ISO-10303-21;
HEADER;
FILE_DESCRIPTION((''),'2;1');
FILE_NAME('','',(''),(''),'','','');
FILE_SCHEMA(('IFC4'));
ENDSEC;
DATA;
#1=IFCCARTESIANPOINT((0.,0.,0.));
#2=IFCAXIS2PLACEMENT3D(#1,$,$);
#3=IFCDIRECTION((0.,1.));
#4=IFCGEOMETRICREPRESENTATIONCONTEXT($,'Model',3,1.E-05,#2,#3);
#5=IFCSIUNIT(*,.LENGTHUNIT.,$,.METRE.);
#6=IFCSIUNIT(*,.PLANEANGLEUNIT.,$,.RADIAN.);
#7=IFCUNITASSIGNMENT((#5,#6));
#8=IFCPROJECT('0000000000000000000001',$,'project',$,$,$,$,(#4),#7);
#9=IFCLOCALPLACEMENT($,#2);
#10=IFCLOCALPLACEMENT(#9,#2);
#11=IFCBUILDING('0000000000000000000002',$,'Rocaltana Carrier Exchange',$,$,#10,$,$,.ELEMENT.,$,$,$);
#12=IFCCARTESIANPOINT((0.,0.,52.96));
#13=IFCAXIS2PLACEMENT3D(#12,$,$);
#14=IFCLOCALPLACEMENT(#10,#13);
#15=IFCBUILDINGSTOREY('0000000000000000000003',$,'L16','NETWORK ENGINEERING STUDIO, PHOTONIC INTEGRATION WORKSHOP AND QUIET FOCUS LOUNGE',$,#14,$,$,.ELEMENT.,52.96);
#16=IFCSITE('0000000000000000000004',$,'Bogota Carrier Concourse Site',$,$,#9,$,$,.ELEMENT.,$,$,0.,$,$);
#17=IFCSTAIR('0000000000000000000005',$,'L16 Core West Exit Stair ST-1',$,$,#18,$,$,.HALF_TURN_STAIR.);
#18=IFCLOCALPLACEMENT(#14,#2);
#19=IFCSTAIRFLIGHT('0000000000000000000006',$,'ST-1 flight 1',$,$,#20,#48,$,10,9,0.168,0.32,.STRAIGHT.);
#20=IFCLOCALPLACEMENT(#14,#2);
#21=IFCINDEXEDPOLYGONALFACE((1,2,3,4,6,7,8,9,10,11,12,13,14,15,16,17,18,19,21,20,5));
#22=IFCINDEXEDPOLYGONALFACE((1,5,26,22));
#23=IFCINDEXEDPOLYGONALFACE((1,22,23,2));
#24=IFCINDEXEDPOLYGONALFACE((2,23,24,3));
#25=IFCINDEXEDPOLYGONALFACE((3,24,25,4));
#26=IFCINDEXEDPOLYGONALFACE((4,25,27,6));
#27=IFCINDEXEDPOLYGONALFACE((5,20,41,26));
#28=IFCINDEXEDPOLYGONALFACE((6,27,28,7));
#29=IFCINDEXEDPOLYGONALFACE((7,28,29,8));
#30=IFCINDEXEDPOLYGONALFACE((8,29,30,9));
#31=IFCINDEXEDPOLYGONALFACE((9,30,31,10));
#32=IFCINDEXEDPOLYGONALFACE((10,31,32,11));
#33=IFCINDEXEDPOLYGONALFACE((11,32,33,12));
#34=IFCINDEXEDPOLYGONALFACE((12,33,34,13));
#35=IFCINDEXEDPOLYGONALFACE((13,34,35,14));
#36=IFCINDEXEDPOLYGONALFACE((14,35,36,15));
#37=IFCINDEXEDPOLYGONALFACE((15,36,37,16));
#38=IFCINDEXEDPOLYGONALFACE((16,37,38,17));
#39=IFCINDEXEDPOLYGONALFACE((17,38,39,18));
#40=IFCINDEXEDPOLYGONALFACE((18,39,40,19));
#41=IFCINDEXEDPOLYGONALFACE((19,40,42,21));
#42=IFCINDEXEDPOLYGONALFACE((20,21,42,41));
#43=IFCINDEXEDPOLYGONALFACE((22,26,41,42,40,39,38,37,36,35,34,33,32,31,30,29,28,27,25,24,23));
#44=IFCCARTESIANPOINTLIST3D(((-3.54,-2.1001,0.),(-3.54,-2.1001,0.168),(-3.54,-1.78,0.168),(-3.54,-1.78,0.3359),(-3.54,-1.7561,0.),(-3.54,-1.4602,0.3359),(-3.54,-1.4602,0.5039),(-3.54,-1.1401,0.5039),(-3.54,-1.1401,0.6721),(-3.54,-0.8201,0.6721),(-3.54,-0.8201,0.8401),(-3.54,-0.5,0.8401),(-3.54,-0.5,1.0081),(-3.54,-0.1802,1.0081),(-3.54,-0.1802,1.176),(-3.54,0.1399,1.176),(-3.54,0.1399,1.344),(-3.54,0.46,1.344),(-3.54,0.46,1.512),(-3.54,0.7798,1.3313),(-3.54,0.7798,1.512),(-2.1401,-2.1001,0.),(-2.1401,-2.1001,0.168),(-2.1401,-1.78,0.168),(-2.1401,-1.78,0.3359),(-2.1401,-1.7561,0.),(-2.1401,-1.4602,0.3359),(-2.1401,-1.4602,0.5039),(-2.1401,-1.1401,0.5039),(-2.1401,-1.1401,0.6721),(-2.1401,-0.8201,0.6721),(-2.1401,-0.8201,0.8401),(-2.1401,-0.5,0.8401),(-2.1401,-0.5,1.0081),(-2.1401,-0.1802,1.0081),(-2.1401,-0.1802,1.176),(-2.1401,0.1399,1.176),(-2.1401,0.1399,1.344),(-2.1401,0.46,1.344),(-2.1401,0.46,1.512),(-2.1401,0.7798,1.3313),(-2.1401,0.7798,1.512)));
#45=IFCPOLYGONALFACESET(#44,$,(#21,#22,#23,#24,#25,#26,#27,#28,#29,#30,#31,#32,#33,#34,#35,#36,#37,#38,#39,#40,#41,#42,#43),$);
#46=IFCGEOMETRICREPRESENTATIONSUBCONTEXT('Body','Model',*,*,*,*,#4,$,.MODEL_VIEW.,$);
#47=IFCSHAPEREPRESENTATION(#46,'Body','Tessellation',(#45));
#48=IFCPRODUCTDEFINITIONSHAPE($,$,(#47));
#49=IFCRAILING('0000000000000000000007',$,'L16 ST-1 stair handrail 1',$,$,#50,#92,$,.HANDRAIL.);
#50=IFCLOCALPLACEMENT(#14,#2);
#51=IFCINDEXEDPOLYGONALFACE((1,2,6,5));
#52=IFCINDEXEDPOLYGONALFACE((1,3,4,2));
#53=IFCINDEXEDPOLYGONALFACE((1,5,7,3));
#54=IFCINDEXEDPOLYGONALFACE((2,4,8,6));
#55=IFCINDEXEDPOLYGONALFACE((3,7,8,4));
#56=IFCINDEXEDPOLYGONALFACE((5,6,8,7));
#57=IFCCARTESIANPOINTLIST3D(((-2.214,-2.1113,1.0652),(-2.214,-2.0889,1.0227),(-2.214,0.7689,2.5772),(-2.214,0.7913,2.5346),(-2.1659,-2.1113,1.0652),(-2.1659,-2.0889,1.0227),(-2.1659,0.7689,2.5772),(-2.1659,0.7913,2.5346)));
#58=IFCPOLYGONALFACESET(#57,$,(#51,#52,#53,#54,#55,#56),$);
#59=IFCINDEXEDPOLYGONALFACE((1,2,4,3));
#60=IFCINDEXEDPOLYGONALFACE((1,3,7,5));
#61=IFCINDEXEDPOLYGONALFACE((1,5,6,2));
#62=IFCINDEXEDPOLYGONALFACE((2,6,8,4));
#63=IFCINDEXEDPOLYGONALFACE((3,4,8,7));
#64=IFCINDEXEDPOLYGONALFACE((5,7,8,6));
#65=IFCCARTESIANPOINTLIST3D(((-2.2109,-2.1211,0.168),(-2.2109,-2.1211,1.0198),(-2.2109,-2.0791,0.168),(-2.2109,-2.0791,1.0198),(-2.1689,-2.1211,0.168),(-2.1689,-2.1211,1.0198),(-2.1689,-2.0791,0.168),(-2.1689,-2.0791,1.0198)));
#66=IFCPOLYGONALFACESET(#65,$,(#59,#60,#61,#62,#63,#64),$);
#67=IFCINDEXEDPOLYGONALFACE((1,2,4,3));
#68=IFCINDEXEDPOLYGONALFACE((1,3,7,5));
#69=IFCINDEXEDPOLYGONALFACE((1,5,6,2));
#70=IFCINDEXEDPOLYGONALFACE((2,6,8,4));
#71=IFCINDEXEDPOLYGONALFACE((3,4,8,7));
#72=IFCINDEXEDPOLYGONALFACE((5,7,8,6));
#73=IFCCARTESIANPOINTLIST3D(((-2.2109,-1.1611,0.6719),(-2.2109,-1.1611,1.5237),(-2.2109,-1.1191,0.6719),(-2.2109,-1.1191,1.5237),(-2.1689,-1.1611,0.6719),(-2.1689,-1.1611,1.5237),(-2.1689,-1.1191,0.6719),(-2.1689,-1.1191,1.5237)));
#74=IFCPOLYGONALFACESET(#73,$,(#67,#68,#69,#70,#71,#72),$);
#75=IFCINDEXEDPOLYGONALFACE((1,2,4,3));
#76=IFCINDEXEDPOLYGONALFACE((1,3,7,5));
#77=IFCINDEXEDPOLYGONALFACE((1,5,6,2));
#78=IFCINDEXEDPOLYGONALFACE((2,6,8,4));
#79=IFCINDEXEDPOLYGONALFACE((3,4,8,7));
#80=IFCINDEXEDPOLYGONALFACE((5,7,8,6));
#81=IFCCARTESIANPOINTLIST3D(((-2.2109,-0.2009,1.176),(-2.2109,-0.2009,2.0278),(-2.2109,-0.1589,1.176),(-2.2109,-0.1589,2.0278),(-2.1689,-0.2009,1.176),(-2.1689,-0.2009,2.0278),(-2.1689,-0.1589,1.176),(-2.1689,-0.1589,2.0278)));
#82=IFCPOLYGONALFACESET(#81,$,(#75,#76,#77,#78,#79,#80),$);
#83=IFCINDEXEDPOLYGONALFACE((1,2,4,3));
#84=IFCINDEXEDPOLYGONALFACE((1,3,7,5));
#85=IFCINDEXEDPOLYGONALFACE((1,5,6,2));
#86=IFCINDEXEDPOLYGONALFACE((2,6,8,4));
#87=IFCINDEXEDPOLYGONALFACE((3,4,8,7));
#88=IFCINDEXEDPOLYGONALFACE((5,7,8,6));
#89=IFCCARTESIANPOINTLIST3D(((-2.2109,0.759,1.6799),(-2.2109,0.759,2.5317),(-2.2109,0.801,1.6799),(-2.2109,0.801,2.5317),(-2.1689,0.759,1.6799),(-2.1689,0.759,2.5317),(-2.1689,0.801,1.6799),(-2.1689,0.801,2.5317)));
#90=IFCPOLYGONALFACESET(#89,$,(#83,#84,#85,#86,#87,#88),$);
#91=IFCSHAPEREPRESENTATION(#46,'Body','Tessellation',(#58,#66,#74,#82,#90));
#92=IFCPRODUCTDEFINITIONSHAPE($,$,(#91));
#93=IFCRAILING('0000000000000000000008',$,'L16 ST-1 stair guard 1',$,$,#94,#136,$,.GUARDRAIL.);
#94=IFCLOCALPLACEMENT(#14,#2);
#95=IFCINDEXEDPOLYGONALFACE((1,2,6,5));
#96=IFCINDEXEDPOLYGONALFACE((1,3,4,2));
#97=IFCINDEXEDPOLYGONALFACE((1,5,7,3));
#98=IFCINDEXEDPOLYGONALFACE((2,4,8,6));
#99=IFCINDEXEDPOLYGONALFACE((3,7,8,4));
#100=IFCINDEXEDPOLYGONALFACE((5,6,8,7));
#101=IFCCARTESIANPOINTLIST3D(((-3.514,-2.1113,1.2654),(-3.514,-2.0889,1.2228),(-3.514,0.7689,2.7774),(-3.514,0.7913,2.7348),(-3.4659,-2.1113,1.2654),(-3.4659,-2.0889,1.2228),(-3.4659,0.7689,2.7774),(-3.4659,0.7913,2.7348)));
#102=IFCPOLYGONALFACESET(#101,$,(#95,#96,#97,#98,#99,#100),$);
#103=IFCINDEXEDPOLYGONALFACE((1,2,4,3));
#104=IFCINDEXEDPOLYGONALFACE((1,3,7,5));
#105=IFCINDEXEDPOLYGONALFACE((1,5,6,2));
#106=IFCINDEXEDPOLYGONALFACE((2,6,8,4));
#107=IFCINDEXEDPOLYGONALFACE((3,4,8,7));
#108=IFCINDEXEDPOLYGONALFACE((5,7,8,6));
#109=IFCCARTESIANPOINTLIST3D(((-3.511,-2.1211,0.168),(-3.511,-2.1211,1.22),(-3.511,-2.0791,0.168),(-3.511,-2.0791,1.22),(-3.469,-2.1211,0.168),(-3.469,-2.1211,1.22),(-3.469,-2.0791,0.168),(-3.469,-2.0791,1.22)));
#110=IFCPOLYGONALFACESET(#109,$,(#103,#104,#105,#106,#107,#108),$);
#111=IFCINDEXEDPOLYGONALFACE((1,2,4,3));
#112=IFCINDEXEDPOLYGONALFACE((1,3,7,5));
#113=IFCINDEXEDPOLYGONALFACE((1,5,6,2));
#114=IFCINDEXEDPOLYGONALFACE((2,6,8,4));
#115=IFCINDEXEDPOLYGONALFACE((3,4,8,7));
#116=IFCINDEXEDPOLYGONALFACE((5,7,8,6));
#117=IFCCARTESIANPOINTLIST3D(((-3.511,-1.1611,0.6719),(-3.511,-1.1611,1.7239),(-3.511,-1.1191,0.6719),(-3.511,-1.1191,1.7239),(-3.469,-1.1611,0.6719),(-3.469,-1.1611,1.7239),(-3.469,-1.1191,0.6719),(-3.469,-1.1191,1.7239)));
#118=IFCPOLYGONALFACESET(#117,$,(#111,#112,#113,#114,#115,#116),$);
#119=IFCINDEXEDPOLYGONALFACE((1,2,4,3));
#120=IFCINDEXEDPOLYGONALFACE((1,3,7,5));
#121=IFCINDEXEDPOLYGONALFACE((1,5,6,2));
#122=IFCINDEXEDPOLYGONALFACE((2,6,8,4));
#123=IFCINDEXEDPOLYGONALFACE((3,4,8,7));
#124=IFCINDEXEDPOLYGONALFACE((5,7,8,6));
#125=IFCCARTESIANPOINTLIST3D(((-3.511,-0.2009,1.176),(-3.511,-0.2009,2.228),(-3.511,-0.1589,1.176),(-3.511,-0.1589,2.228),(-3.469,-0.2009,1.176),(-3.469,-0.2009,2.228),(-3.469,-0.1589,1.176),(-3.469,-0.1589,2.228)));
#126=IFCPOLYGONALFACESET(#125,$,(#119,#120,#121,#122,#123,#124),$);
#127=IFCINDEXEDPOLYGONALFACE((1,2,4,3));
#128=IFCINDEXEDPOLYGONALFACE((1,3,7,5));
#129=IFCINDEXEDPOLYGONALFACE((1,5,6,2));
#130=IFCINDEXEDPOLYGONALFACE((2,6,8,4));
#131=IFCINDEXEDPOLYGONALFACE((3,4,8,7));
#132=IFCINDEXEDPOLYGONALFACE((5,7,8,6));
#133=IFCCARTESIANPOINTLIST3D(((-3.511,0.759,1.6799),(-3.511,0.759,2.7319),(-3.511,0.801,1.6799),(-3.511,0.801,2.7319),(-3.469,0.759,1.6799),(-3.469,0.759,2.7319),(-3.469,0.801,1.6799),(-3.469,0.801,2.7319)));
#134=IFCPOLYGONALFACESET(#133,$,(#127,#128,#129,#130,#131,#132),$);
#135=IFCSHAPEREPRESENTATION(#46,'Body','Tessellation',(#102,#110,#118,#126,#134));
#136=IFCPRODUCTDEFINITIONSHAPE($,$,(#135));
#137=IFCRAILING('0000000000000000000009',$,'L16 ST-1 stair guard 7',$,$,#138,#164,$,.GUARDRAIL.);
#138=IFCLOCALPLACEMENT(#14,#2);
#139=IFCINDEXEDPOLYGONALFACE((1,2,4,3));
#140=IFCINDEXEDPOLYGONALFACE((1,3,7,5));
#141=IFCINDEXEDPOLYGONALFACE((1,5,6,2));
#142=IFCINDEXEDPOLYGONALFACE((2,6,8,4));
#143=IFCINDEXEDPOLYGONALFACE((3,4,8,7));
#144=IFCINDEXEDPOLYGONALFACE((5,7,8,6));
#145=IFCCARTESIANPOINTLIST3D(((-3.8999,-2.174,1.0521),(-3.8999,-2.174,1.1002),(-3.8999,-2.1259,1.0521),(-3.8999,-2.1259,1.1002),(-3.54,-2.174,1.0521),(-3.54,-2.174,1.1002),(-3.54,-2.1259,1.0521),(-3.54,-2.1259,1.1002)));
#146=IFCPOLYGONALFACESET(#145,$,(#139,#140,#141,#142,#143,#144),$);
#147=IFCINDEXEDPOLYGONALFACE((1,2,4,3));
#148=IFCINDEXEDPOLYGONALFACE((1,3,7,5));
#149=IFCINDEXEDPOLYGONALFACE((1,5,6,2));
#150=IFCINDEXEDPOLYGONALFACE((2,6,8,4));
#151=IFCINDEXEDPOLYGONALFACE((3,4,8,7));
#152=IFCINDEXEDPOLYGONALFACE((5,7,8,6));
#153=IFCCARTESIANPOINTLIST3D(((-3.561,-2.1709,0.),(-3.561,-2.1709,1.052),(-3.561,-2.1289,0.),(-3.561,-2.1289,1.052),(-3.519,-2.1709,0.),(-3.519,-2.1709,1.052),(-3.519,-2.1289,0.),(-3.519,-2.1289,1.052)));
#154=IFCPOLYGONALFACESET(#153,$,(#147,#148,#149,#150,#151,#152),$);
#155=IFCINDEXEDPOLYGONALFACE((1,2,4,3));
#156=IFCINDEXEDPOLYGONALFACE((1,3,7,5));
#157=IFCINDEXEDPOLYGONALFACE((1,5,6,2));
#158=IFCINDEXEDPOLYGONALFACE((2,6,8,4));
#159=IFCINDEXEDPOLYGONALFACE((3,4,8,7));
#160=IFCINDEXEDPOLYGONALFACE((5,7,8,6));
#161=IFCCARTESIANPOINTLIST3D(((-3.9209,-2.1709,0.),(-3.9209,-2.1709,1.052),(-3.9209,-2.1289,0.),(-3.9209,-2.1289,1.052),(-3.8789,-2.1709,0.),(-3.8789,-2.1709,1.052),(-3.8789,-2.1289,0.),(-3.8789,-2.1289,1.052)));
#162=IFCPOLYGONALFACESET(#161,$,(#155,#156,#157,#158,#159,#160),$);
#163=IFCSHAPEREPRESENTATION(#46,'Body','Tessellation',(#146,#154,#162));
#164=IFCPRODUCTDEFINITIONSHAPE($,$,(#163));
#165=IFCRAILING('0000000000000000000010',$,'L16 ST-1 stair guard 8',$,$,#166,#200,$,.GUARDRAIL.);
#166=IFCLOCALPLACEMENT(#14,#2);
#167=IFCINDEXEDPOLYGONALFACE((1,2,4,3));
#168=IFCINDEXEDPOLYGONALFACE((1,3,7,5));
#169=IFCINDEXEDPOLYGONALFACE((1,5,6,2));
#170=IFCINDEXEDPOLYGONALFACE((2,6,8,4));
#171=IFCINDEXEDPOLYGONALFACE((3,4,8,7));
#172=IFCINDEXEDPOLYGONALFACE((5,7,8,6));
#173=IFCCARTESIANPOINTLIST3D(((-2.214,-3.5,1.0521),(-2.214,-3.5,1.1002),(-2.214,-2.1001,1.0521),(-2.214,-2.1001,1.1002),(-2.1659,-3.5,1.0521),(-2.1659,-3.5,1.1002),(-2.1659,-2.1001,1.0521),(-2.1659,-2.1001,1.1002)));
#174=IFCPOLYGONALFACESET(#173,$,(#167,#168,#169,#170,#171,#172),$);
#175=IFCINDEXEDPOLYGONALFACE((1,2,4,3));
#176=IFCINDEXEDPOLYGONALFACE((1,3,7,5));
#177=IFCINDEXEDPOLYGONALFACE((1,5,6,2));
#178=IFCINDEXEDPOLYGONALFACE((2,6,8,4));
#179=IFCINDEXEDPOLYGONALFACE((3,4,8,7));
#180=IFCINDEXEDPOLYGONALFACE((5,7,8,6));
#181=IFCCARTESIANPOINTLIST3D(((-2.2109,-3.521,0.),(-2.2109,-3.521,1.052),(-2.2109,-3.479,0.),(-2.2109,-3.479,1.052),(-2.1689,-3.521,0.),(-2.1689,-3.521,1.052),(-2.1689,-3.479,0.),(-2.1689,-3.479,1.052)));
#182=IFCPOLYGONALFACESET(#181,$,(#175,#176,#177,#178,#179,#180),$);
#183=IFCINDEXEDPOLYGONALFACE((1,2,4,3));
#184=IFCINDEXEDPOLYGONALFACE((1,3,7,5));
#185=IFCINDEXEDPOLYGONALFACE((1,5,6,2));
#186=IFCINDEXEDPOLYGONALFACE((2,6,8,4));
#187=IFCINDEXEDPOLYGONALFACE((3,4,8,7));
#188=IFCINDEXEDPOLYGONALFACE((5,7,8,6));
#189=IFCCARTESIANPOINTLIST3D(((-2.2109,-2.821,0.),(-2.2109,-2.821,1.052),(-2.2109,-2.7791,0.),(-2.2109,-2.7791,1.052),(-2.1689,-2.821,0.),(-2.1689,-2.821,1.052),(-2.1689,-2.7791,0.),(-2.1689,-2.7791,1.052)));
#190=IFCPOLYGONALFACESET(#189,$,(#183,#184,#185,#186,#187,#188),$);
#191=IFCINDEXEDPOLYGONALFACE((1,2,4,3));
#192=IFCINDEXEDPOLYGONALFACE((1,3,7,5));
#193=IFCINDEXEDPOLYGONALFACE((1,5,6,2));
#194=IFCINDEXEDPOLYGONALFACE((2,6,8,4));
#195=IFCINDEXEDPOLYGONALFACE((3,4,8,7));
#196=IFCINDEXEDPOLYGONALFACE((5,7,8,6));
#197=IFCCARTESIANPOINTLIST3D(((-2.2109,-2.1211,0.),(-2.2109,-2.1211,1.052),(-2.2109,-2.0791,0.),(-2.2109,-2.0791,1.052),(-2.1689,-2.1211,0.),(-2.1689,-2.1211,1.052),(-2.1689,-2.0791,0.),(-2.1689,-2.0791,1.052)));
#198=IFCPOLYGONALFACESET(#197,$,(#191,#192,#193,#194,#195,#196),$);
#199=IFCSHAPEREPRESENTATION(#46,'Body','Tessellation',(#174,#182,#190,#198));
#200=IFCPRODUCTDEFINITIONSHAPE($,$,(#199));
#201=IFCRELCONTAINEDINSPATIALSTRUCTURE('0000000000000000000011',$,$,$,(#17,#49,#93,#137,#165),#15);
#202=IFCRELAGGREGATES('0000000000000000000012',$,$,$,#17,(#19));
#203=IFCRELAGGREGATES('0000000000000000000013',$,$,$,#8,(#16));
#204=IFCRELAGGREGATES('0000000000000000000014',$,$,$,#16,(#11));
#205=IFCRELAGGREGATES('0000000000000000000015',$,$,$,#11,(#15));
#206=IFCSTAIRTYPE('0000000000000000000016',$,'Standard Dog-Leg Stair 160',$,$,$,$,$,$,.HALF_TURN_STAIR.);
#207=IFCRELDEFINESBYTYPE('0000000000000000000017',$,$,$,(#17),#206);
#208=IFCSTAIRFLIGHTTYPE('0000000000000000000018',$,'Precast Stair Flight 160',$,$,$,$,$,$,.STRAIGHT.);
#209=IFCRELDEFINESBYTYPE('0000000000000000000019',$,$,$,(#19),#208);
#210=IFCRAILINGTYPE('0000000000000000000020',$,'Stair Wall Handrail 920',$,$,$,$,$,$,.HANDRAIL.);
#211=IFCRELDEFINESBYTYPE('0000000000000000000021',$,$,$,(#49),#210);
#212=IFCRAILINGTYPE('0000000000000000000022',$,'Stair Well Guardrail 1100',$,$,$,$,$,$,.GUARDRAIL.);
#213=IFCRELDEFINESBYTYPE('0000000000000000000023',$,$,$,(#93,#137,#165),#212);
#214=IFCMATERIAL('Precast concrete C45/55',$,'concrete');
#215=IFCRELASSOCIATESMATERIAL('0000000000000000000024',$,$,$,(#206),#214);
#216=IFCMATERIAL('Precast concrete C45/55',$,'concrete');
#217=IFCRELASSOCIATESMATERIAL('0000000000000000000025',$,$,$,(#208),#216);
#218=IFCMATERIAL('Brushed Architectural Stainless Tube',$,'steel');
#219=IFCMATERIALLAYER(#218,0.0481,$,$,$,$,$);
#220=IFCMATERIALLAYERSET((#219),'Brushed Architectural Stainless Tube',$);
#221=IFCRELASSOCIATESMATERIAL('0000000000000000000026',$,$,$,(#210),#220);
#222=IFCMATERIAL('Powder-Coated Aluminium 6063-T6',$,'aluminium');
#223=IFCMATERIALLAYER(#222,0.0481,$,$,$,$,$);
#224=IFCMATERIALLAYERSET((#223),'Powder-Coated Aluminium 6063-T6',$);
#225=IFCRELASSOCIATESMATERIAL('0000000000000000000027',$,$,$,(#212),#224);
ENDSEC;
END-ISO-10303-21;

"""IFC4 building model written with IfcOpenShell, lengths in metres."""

from ifc_helpers import new_model, si_unit, direction, frame, origin, origin_2d, place, context, subcontext, project, spatial, polyline, rectangle, outline, extrude, material, layer, layer_set, type_object, element, aggregate, save


model = new_model("IFC4")

# Units and contexts
model_context = context("Model", 3, precision=1e-05, world=origin(), true_north=direction((0.0, 1.0)))
body_context = subcontext(model_context, "Body", "Model", "MODEL_VIEW")
ifc_project = project(units=[si_unit("LENGTHUNIT", "METRE"), si_unit("PLANEANGLEUNIT", "RADIAN")], contexts=[model_context])

# Site, building, storey
site_placement = place(None, origin())
site = spatial("IfcSite", under=ifc_project, at=site_placement, Name="Bogota Carrier Concourse Site", CompositionType="ELEMENT", RefElevation=0.0)
building_placement = place(site_placement, origin())
building = spatial("IfcBuilding", under=site, at=building_placement, Name="Rocaltana Carrier Exchange", CompositionType="ELEMENT")
storey_placement = place(building_placement, frame((0.0, 0.0, 52.96)))
storey = spatial("IfcBuildingStorey", under=building, at=storey_placement, Name="L16", Description="NETWORK ENGINEERING STUDIO, PHOTONIC INTEGRATION WORKSHOP AND QUIET FOCUS LOUNGE", CompositionType="ELEMENT", Elevation=52.96)

# Stair, stair flight
ifc_material_1 = material(Name="Precast concrete C45/55", Category="concrete")
stair_type = type_object("IfcStairType", Name="Standard Dog-Leg Stair 160", PredefinedType="HALF_TURN_STAIR", material=ifc_material_1)
stair_placement = place(storey_placement, origin())
stair = element("IfcStair", 1, at=stair_placement, inside=storey, type_object=stair_type, Name="L16 Core West Exit Stair ST-1", PredefinedType="HALF_TURN_STAIR")
ifc_material_2 = material(Name="Precast concrete C45/55", Category="concrete")
stair_flight_type = type_object("IfcStairFlightType", Name="Precast Stair Flight 160", PredefinedType="STRAIGHT", material=ifc_material_2)
stair_flight_placement = place(storey_placement, frame((-2.8401, -2.1001, 0.0), z_axis=(0.0, 0.0, 1.0), x_axis=(0.0, 1.0, 0.0)))
stair_flight = element("IfcStairFlight", 2, at=stair_flight_placement, type_object=stair_flight_type, Name="ST-1 flight 1", NumberOfRisers=10, NumberOfTreads=9, PredefinedType="STRAIGHT", RiserHeight=0.168, TreadLength=0.32, context=body_context, shape_type="SweptSolid", body=[
    extrude(outline(polyline([(0.0, 0.0), (0.0, 0.168), (0.3201, 0.168), (0.3201, 0.3359), (0.6399, 0.3359), (0.6399, 0.5039), (0.96, 0.5039), (0.96, 0.6721), (1.28, 0.6721), (1.28, 0.8401), (1.6001, 0.8401), (1.6001, 1.0081), (1.9199, 1.0081), (1.9199, 1.176), (2.24, 1.176), (2.24, 1.344), (2.5601, 1.344), (2.5601, 1.512), (2.8799, 1.512), (2.8799, 1.6799), (2.8799, 1.3313), (0.344, 0.0), (0.0, 0.0)])), frame((0.0, 0.7, 0.0), z_axis=(0.0, -1.0, 0.0), x_axis=(1.0, 0.0, 0.0)), (0.0, 0.0, 1.0), 1.3999),
])
aggregate(stair, [stair_flight])

# Railings
ifc_material_3 = material(Name="Brushed Architectural Stainless Tube", Category="steel")
ifc_layer_1 = layer(ifc_material_3, 0.0481)
ifc_layer_set_1 = layer_set([ifc_layer_1], Name="Brushed Architectural Stainless Tube")
railing_type_1 = type_object("IfcRailingType", Name="Stair Wall Handrail 920", PredefinedType="HANDRAIL", material=ifc_layer_set_1)
railing_1_placement = place(storey_placement, frame((-2.1899, -2.1001, 0.168)))
element("IfcRailing", 3, at=railing_1_placement, inside=storey, type_object=railing_type_1, Name="L16 ST-1 stair handrail 1", PredefinedType="HANDRAIL", context=body_context, shape_type="SweptSolid", body=[
    extrude(rectangle(XDim=0.0481, YDim=0.0481, at=origin_2d()), frame((0.0, 0.0, 0.876), z_axis=(0.0, 0.885411, 0.464809), x_axis=(-1.0, 0.0, 0.0)), (0.0, 0.0, 1.0), 3.2529),
    extrude(rectangle(XDim=0.042, YDim=0.042, at=origin_2d()), origin(), (0.0, 0.0, 1.0), 0.8518),
    extrude(rectangle(XDim=0.042, YDim=0.042, at=origin_2d()), frame((0.0, 0.96, 0.5039)), (0.0, 0.0, 1.0), 0.8518),
    extrude(rectangle(XDim=0.042, YDim=0.042, at=origin_2d()), frame((0.0, 1.9202, 1.0081)), (0.0, 0.0, 1.0), 0.8518),
    extrude(rectangle(XDim=0.042, YDim=0.042, at=origin_2d()), frame((0.0, 2.8801, 1.512)), (0.0, 0.0, 1.0), 0.8518),
])
ifc_material_4 = material(Name="Powder-Coated Aluminium 6063-T6", Category="aluminium")
ifc_layer_2 = layer(ifc_material_4, 0.0481)
ifc_layer_set_2 = layer_set([ifc_layer_2], Name="Powder-Coated Aluminium 6063-T6")
railing_type_2 = type_object("IfcRailingType", Name="Stair Well Guardrail 1100", PredefinedType="GUARDRAIL", material=ifc_layer_set_2)
railing_2_placement = place(storey_placement, frame((-3.49, -2.1001, 0.168)))
element("IfcRailing", 4, at=railing_2_placement, inside=storey, type_object=railing_type_2, Name="L16 ST-1 stair guard 1", PredefinedType="GUARDRAIL", context=body_context, shape_type="SweptSolid", body=[
    extrude(rectangle(XDim=0.0481, YDim=0.0481, at=origin_2d()), frame((0.0, 0.0, 1.0762), z_axis=(0.0, 0.885411, 0.464809), x_axis=(-1.0, 0.0, 0.0)), (0.0, 0.0, 1.0), 3.2529),
    extrude(rectangle(XDim=0.042, YDim=0.042, at=origin_2d()), origin(), (0.0, 0.0, 1.0), 1.052),
    extrude(rectangle(XDim=0.042, YDim=0.042, at=origin_2d()), frame((0.0, 0.96, 0.5039)), (0.0, 0.0, 1.0), 1.052),
    extrude(rectangle(XDim=0.042, YDim=0.042, at=origin_2d()), frame((0.0, 1.9202, 1.0081)), (0.0, 0.0, 1.0), 1.052),
    extrude(rectangle(XDim=0.042, YDim=0.042, at=origin_2d()), frame((0.0, 2.8801, 1.512)), (0.0, 0.0, 1.0), 1.052),
])
railing_3_placement = place(storey_placement, frame((-3.54, -2.1499, 0.0)))
element("IfcRailing", 5, at=railing_3_placement, inside=storey, type_object=railing_type_2, Name="L16 ST-1 stair guard 7", PredefinedType="GUARDRAIL", context=body_context, shape_type="SweptSolid", body=[
    extrude(rectangle(XDim=0.0481, YDim=0.0481, at=origin_2d()), frame((0.0, 0.0, 1.0762), z_axis=(-1.0, 0.0, 0.0), x_axis=(0.0, -1.0, 0.0)), (0.0, 0.0, 1.0), 0.3599),
    extrude(rectangle(XDim=0.042, YDim=0.042, at=origin_2d()), origin(), (0.0, 0.0, 1.0), 1.052),
    extrude(rectangle(XDim=0.042, YDim=0.042, at=origin_2d()), frame((-0.3599, 0.0, 0.0)), (0.0, 0.0, 1.0), 1.052),
])
for number, where, name in (
    (6, (-2.1899, -3.5, 0.0), "L16 ST-1 stair guard 8"),
):
    element("IfcRailing", number, at=place(storey_placement, frame(where)), inside=storey, type_object=railing_type_2, Name=name, PredefinedType="GUARDRAIL", context=body_context, shape_type="SweptSolid", body=[
        extrude(rectangle(XDim=0.0481, YDim=0.0481, at=origin_2d()), frame((0.0, 0.0, 1.0762), z_axis=(0.0, 1.0, 0.0), x_axis=(-1.0, 0.0, 0.0)), (0.0, 0.0, 1.0), 1.3999),
        extrude(rectangle(XDim=0.042, YDim=0.042, at=origin_2d()), origin(), (0.0, 0.0, 1.0), 1.052),
        extrude(rectangle(XDim=0.042, YDim=0.042, at=origin_2d()), frame((0.0, 0.7, 0.0)), (0.0, 0.0, 1.0), 1.052),
        extrude(rectangle(XDim=0.042, YDim=0.042, at=origin_2d()), frame((0.0, 1.3999, 0.0)), (0.0, 0.0, 1.0), 1.052),
    ])

save(model, "model.ifc")
